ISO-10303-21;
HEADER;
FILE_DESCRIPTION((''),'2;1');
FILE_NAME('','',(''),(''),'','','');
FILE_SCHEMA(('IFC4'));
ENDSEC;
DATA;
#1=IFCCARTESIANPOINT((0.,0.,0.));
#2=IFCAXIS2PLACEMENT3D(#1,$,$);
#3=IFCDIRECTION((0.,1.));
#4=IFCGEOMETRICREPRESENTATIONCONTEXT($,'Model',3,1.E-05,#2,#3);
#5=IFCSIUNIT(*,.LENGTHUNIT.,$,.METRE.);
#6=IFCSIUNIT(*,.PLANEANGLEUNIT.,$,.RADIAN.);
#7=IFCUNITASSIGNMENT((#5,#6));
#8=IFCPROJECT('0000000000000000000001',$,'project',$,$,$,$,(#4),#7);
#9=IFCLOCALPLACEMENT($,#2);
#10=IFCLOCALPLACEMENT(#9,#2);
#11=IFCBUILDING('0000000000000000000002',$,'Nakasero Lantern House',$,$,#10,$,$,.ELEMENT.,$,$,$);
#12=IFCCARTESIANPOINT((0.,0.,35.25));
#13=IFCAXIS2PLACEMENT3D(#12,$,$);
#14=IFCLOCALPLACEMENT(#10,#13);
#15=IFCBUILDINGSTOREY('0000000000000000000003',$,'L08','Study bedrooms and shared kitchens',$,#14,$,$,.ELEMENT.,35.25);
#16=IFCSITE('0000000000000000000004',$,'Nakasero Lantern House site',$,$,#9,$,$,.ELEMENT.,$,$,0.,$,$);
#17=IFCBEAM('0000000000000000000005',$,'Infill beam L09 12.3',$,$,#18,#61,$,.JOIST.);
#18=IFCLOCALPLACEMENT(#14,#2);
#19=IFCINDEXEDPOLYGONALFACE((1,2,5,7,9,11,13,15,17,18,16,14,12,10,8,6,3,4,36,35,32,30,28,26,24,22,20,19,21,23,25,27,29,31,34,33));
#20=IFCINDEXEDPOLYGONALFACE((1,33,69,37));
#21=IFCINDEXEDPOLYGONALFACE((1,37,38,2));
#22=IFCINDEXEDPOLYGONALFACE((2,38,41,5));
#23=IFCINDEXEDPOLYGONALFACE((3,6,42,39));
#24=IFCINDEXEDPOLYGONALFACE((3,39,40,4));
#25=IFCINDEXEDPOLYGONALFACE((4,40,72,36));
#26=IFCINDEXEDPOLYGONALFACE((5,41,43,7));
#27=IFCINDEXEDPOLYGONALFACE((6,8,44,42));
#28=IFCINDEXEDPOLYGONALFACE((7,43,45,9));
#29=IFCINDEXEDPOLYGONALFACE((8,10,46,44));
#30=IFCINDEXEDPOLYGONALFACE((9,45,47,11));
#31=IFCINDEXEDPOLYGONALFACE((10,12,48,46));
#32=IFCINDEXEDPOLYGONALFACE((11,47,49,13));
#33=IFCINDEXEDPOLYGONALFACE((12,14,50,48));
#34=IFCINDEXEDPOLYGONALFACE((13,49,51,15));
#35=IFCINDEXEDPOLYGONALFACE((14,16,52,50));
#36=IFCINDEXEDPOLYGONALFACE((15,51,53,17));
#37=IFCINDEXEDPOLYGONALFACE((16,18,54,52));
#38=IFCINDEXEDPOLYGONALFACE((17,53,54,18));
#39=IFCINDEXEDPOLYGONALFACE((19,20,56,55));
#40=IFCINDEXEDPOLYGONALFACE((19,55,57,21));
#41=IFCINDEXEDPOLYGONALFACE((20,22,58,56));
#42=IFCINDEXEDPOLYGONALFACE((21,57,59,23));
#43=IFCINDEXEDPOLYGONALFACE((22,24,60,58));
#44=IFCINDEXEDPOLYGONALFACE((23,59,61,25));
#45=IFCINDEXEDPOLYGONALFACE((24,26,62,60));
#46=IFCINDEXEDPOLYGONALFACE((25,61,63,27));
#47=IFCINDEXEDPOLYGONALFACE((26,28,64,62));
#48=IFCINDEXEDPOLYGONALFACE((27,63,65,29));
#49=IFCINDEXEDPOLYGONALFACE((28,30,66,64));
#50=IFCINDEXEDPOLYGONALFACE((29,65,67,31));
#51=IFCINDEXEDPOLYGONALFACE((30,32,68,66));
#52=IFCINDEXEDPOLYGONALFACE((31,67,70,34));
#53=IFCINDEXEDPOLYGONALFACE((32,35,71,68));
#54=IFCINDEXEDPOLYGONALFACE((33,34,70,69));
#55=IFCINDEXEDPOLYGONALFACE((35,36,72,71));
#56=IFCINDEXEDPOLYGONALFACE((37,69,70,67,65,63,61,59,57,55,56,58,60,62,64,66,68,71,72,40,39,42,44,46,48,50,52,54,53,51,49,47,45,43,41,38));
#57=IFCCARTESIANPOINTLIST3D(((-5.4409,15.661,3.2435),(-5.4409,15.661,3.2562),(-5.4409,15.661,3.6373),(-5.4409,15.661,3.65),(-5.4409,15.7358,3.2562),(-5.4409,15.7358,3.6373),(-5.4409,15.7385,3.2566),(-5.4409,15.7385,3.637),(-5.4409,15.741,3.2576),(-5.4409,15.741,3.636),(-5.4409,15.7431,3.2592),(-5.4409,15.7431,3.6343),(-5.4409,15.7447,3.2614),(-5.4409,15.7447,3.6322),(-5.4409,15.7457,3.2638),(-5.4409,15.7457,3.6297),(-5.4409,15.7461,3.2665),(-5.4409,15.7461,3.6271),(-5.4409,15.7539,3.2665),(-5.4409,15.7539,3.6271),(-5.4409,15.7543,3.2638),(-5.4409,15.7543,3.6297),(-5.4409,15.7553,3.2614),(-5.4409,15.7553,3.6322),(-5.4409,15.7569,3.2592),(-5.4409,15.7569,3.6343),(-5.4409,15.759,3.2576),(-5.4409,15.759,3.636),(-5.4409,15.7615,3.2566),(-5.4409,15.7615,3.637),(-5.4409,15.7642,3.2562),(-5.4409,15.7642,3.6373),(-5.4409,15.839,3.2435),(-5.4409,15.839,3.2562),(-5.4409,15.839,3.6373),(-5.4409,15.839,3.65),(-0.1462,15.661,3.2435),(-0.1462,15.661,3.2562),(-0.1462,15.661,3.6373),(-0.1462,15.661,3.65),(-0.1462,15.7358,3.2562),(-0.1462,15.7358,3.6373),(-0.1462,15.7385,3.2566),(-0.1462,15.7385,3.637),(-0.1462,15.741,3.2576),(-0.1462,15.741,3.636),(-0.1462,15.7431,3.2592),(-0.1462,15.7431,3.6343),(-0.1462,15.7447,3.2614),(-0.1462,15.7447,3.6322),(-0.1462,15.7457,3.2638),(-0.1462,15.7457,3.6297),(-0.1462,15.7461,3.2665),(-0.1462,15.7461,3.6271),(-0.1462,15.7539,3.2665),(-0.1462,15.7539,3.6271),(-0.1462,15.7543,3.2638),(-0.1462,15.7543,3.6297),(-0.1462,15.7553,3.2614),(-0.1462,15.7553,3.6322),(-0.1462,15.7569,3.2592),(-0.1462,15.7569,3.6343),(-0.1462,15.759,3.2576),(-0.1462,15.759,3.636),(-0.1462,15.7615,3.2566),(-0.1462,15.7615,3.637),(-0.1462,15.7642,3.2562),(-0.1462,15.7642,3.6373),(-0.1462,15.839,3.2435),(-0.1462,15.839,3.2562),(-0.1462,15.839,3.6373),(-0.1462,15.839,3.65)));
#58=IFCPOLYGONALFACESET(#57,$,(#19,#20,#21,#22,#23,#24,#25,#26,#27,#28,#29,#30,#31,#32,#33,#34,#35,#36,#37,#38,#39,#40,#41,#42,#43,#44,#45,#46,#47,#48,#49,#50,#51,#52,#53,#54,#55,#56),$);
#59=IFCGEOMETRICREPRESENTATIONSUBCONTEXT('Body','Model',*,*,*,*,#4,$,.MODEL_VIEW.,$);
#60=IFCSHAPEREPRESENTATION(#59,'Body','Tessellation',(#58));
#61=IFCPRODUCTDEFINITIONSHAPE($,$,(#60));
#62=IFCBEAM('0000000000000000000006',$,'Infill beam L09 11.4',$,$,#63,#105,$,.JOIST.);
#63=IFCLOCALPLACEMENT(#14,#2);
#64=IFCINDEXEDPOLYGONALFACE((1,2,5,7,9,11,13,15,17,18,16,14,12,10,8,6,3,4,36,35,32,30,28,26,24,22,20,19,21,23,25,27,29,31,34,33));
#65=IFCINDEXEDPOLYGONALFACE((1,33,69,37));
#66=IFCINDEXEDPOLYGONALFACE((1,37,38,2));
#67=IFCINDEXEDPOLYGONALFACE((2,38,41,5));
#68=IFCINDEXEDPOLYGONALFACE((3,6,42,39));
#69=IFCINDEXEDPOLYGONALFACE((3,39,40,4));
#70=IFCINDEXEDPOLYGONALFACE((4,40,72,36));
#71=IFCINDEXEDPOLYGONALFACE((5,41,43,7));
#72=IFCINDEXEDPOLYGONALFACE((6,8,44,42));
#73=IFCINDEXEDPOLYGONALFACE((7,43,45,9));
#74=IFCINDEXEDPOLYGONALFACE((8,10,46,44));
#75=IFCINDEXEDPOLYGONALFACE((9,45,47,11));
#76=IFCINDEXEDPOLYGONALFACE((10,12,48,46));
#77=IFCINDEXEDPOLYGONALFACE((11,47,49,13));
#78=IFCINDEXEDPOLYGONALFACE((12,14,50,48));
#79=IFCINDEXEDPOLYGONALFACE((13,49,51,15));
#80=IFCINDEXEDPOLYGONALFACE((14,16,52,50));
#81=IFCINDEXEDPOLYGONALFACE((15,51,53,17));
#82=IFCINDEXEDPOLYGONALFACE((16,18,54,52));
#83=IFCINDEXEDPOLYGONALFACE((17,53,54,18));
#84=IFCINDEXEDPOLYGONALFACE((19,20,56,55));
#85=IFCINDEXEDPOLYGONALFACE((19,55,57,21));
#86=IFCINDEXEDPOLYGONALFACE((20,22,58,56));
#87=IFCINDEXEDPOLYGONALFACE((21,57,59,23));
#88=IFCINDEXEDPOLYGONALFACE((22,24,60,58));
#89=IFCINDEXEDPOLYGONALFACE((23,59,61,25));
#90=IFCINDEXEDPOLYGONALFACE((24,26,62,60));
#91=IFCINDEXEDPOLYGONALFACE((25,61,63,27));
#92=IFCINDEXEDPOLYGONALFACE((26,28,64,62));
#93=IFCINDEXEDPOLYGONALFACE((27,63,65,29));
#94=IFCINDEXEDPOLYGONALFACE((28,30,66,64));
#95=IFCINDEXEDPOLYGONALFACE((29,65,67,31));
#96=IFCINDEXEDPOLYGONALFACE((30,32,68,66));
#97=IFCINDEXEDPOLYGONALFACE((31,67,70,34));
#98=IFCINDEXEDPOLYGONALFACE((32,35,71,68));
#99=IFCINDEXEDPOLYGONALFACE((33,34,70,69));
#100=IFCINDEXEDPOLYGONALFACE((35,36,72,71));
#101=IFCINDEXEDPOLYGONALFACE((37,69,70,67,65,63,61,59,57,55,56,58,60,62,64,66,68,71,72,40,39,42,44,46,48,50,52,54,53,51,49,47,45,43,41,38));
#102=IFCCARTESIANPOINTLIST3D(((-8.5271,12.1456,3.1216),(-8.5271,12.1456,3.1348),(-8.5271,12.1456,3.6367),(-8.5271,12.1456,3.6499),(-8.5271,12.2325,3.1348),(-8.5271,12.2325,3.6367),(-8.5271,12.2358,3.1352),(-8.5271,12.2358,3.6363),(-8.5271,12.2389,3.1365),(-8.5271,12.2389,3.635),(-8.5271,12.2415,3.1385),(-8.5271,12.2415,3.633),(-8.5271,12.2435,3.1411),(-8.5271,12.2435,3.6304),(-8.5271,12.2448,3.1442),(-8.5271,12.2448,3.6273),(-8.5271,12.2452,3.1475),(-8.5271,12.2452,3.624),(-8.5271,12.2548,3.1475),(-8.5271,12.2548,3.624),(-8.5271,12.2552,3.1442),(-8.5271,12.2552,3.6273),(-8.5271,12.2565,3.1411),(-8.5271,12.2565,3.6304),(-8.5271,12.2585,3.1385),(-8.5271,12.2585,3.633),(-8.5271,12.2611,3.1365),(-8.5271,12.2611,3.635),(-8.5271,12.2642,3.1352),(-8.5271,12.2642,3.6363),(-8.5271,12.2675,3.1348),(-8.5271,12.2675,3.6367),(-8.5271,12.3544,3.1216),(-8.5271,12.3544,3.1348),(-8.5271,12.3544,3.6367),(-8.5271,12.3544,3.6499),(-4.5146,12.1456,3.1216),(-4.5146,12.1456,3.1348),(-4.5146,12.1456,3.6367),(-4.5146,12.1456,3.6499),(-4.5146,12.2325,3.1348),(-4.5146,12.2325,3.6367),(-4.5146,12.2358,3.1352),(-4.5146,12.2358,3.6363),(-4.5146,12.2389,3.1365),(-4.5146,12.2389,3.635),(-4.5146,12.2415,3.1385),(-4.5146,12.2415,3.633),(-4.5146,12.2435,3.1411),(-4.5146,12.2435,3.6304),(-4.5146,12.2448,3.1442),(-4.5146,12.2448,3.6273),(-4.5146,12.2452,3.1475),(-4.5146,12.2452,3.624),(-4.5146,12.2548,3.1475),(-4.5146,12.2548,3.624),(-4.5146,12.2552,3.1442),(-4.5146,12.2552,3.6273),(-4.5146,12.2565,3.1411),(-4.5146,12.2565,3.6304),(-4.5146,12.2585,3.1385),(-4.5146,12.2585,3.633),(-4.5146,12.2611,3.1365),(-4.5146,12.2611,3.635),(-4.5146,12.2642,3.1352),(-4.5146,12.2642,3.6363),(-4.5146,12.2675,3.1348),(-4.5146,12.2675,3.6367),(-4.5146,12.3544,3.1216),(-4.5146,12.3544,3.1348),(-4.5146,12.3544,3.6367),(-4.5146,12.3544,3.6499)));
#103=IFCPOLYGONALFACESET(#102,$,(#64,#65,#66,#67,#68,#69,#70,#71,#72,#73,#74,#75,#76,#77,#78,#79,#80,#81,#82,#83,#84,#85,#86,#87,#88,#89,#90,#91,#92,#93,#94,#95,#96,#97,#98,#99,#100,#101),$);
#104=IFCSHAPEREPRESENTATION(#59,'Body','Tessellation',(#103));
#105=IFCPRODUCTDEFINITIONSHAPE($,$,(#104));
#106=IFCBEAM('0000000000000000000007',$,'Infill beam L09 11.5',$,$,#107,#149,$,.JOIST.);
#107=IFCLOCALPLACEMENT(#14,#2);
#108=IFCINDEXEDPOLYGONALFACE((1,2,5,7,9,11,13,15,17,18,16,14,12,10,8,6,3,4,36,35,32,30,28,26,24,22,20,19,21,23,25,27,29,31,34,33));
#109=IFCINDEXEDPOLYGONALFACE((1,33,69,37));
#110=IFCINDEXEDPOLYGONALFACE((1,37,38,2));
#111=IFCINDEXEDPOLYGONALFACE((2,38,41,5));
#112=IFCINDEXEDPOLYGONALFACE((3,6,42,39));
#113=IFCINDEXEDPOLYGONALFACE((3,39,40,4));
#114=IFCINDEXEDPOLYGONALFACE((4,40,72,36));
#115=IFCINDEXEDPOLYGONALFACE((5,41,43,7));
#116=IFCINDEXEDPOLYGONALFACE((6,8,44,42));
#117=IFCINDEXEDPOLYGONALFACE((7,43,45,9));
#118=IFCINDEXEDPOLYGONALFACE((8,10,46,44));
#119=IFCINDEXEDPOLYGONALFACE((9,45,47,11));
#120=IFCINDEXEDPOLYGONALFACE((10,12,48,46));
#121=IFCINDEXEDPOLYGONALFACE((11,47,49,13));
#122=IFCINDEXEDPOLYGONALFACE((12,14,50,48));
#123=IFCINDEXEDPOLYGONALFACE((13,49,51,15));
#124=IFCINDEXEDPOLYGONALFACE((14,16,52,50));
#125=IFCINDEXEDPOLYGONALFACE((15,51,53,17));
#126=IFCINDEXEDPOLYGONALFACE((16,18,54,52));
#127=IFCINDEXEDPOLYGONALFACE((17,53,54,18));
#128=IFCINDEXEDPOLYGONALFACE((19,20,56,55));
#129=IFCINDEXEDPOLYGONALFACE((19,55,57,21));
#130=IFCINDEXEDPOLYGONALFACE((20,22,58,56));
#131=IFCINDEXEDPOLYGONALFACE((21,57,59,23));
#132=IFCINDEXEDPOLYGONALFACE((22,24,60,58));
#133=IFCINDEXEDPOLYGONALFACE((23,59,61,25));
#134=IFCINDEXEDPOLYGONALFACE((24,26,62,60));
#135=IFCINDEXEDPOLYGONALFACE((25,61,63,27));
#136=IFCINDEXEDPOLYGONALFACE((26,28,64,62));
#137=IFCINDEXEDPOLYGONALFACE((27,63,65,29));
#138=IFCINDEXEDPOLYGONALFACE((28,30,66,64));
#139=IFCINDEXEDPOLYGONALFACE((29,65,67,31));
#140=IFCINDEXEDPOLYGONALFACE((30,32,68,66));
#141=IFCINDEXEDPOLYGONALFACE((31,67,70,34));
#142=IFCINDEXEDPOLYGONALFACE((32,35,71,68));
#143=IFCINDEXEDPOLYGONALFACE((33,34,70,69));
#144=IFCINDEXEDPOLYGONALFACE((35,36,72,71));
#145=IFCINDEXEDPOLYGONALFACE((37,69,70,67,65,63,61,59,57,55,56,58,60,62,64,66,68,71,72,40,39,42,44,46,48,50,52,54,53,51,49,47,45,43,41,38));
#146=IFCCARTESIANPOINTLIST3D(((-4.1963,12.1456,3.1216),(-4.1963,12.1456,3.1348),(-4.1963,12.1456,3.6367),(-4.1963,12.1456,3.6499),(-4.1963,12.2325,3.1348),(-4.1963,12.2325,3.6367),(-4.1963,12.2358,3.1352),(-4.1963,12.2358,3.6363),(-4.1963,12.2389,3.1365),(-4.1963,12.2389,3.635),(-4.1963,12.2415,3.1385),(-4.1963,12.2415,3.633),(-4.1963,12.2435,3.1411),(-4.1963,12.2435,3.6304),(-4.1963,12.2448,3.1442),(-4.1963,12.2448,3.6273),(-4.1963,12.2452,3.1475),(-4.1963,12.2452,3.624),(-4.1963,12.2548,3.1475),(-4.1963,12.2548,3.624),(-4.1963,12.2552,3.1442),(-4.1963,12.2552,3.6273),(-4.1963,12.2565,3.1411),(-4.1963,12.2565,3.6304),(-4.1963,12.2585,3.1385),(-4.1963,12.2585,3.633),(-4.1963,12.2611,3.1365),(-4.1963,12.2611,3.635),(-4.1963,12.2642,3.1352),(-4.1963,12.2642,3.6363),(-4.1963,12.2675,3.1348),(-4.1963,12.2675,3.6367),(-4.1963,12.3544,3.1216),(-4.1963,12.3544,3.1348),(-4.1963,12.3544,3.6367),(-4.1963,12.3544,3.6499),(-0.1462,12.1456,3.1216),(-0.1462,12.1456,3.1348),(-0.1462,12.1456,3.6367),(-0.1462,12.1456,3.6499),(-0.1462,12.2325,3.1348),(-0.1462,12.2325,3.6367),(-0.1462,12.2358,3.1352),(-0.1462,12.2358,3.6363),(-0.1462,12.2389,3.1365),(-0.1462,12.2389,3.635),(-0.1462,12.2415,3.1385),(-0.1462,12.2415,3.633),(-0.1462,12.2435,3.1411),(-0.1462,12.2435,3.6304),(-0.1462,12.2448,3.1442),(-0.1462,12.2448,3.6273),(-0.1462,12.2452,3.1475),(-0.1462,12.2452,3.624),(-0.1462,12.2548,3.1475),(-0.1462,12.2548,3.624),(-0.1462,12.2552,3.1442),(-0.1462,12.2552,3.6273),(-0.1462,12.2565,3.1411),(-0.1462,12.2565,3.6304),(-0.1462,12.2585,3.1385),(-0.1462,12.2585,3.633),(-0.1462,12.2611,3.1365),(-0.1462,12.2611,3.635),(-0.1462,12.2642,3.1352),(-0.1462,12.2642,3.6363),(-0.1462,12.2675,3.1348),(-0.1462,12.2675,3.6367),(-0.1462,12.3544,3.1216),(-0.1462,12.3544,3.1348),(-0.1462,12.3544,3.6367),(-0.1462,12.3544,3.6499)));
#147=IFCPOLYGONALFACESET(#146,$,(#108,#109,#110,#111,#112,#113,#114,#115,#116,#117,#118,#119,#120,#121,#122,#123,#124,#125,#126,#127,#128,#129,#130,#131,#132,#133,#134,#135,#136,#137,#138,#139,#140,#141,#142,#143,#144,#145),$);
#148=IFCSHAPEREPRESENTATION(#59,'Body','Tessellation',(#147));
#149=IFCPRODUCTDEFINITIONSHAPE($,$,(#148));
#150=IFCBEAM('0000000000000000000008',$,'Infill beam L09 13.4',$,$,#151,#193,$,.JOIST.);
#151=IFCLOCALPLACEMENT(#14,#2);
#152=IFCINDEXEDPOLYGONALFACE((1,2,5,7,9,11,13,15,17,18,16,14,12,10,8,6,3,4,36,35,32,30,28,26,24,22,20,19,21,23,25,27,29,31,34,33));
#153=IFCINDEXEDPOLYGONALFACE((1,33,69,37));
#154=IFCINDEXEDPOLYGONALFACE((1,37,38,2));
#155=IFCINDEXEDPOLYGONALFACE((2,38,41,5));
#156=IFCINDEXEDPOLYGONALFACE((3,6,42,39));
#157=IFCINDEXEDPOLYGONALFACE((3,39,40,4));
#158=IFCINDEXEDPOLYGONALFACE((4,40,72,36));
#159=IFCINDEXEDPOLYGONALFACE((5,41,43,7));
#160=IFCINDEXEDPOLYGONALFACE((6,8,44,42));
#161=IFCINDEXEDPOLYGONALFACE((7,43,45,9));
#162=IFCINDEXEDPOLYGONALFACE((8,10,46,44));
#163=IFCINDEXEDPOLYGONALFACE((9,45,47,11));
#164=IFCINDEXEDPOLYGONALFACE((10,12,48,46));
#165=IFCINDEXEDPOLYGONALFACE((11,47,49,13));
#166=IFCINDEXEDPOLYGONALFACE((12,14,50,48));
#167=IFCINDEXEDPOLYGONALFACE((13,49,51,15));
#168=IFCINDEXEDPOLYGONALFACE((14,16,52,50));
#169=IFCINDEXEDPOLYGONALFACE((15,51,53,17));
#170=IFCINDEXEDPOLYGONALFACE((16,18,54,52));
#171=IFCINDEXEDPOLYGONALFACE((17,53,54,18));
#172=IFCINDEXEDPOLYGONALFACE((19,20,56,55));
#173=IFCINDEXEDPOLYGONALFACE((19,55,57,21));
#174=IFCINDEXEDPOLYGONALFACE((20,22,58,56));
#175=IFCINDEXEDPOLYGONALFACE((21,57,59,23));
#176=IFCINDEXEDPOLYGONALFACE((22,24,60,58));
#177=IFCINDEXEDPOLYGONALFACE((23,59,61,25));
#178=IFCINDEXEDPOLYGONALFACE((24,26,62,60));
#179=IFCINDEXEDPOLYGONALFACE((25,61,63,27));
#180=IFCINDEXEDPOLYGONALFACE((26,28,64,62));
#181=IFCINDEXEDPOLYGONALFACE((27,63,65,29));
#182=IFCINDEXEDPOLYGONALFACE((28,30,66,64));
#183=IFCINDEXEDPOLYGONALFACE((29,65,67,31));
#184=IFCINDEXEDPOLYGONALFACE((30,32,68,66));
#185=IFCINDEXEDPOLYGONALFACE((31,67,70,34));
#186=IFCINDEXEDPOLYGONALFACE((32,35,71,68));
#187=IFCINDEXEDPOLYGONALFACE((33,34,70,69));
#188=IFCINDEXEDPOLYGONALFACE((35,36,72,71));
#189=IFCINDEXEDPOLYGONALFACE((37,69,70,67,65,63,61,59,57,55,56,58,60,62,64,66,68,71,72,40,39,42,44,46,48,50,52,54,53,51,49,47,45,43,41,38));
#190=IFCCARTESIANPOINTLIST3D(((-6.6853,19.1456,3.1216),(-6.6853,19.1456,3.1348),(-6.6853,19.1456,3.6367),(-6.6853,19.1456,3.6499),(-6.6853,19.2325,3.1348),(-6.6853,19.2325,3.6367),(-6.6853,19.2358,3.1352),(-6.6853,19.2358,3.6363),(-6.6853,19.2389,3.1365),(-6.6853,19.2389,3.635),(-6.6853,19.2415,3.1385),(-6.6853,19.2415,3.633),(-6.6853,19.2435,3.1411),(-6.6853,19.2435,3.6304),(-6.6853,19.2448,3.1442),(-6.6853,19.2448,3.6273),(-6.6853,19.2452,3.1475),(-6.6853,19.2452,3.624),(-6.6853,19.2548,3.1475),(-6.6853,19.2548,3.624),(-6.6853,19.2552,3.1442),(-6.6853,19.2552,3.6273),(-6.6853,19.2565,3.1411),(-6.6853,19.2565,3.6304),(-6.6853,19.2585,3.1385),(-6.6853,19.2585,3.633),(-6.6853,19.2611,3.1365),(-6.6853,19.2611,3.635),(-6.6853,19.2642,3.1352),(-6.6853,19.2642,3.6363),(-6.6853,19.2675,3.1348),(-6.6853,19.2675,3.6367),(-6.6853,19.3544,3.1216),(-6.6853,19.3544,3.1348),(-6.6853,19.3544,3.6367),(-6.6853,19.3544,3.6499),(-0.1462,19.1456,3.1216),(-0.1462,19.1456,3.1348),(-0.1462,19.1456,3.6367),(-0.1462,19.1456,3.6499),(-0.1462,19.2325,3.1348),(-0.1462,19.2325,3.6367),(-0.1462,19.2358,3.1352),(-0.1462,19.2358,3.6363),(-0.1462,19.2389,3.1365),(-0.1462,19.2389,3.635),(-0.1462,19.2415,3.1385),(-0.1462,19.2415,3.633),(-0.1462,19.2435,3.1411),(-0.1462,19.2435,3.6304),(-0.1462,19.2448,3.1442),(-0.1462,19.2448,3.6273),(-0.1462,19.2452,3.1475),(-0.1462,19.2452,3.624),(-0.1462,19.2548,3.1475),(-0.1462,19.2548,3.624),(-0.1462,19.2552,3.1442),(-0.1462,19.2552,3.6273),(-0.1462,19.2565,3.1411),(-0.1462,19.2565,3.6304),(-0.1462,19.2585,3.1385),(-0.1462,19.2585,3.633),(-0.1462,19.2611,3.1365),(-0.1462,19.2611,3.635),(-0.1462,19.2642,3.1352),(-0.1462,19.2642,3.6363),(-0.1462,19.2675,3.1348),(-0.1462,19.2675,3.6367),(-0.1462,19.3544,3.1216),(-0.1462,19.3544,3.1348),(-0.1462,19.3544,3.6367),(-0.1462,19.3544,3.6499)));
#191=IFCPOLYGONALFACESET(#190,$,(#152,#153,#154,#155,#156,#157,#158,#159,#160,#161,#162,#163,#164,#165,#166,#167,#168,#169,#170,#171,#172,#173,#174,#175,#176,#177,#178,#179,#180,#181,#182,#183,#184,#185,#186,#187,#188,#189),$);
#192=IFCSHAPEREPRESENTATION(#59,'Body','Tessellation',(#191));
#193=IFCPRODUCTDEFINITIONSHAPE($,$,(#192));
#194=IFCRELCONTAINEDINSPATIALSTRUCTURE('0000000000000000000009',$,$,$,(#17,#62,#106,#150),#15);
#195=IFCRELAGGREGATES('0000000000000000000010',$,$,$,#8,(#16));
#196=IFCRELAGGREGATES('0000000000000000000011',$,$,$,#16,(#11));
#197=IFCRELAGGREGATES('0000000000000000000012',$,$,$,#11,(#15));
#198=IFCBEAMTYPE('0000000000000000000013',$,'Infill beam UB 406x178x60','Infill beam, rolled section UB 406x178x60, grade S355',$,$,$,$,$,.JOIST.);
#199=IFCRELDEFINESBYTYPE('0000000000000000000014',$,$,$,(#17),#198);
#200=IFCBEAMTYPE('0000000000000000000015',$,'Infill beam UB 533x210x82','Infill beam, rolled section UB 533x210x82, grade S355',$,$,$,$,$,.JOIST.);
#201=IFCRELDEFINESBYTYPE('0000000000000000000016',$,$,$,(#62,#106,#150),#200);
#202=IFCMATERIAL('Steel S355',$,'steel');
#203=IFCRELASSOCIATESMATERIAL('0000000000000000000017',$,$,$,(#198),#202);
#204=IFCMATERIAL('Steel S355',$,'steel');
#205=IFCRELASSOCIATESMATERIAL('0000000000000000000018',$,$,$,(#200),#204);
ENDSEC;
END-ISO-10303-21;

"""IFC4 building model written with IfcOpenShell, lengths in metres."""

from ifc_helpers import new_model, si_unit, direction, frame, origin, origin_2d, place, context, subcontext, project, spatial, i_section, extrude, material, material_profile, profile_set, type_object, element, save


model = new_model("IFC4")

# Units and contexts
model_context = context("Model", 3, precision=1e-05, world=origin(), true_north=direction((0.0, 1.0)))
body_context = subcontext(model_context, "Body", "Model", "MODEL_VIEW")
ifc_project = project(units=[si_unit("LENGTHUNIT", "METRE"), si_unit("PLANEANGLEUNIT", "RADIAN")], contexts=[model_context])

# Site, building, storey
site_placement = place(None, origin())
site = spatial("IfcSite", under=ifc_project, at=site_placement, Name="Nakasero Lantern House site", CompositionType="ELEMENT", RefElevation=0.0)
building_placement = place(site_placement, origin())
building = spatial("IfcBuilding", under=site, at=building_placement, Name="Nakasero Lantern House", CompositionType="ELEMENT")
storey_placement = place(building_placement, frame((0.0, 0.0, 35.25)))
storey = spatial("IfcBuildingStorey", under=building, at=storey_placement, Name="L08", Description="Study bedrooms and shared kitchens", CompositionType="ELEMENT", Elevation=35.25)

# Beams
ifc_material_1 = material(Name="Steel S355", Category="steel")
ifc_material_profile_1 = material_profile(ifc_material_1, i_section(OverallWidth=0.178, OverallDepth=0.4065, WebThickness=0.0078, FlangeThickness=0.0127, FilletRadius=0.0103, at=origin_2d()), Name="UB 406x178x60")
ifc_profile_set_1 = profile_set([ifc_material_profile_1], Name="Steel S355")
beam_type_1 = type_object("IfcBeamType", Name="Infill beam UB 406x178x60", Description="Infill beam, rolled section UB 406x178x60, grade S355", PredefinedType="JOIST", material=ifc_profile_set_1)
beam_1_placement = place(storey_placement, frame((-5.4409, 15.75, 3.4468), z_axis=(1.0, 0.0, 0.0), x_axis=(0.0, 1.0, 0.0)))
element("IfcBeam", 1, at=beam_1_placement, inside=storey, type_object=beam_type_1, Name="Infill beam L09 12.3", PredefinedType="JOIST", context=body_context, shape_type="SweptSolid", body=[
    extrude(i_section(OverallWidth=0.178, OverallDepth=0.4065, WebThickness=0.0078, FlangeThickness=0.0127, FilletRadius=0.0103, at=origin_2d()), origin(), (0.0, 0.0, 1.0), 5.2947),
])
ifc_material_2 = material(Name="Steel S355", Category="steel")
ifc_material_profile_2 = material_profile(ifc_material_2, i_section(OverallWidth=0.2087, OverallDepth=0.5283, WebThickness=0.0095, FlangeThickness=0.0132, FilletRadius=0.0127, at=origin_2d()), Name="UB 533x210x82")
ifc_profile_set_2 = profile_set([ifc_material_profile_2], Name="Steel S355")
beam_type_2 = type_object("IfcBeamType", Name="Infill beam UB 533x210x82", Description="Infill beam, rolled section UB 533x210x82, grade S355", PredefinedType="JOIST", material=ifc_profile_set_2)
beam_2_placement = place(storey_placement, frame((-8.5271, 12.25, 3.3857), z_axis=(1.0, 0.0, 0.0), x_axis=(0.0, 1.0, 0.0)))
element("IfcBeam", 2, at=beam_2_placement, inside=storey, type_object=beam_type_2, Name="Infill beam L09 11.4", PredefinedType="JOIST", context=body_context, shape_type="SweptSolid", body=[
    extrude(i_section(OverallWidth=0.2087, OverallDepth=0.5283, WebThickness=0.0095, FlangeThickness=0.0132, FilletRadius=0.0127, at=origin_2d()), origin(), (0.0, 0.0, 1.0), 4.0125),
])
beam_3_placement = place(storey_placement, frame((-4.1963, 12.25, 3.3857), z_axis=(1.0, 0.0, 0.0), x_axis=(0.0, 1.0, 0.0)))
element("IfcBeam", 3, at=beam_3_placement, inside=storey, type_object=beam_type_2, Name="Infill beam L09 11.5", PredefinedType="JOIST", context=body_context, shape_type="SweptSolid", body=[
    extrude(i_section(OverallWidth=0.2087, OverallDepth=0.5283, WebThickness=0.0095, FlangeThickness=0.0132, FilletRadius=0.0127, at=origin_2d()), origin(), (0.0, 0.0, 1.0), 4.05),
])
beam_4_placement = place(storey_placement, frame((-6.6853, 19.25, 3.3857), z_axis=(1.0, 0.0, 0.0), x_axis=(0.0, 1.0, 0.0)))
element("IfcBeam", 4, at=beam_4_placement, inside=storey, type_object=beam_type_2, Name="Infill beam L09 13.4", PredefinedType="JOIST", context=body_context, shape_type="SweptSolid", body=[
    extrude(i_section(OverallWidth=0.2087, OverallDepth=0.5283, WebThickness=0.0095, FlangeThickness=0.0132, FilletRadius=0.0127, at=origin_2d()), origin(), (0.0, 0.0, 1.0), 6.5391),
])

save(model, "model.ifc")
